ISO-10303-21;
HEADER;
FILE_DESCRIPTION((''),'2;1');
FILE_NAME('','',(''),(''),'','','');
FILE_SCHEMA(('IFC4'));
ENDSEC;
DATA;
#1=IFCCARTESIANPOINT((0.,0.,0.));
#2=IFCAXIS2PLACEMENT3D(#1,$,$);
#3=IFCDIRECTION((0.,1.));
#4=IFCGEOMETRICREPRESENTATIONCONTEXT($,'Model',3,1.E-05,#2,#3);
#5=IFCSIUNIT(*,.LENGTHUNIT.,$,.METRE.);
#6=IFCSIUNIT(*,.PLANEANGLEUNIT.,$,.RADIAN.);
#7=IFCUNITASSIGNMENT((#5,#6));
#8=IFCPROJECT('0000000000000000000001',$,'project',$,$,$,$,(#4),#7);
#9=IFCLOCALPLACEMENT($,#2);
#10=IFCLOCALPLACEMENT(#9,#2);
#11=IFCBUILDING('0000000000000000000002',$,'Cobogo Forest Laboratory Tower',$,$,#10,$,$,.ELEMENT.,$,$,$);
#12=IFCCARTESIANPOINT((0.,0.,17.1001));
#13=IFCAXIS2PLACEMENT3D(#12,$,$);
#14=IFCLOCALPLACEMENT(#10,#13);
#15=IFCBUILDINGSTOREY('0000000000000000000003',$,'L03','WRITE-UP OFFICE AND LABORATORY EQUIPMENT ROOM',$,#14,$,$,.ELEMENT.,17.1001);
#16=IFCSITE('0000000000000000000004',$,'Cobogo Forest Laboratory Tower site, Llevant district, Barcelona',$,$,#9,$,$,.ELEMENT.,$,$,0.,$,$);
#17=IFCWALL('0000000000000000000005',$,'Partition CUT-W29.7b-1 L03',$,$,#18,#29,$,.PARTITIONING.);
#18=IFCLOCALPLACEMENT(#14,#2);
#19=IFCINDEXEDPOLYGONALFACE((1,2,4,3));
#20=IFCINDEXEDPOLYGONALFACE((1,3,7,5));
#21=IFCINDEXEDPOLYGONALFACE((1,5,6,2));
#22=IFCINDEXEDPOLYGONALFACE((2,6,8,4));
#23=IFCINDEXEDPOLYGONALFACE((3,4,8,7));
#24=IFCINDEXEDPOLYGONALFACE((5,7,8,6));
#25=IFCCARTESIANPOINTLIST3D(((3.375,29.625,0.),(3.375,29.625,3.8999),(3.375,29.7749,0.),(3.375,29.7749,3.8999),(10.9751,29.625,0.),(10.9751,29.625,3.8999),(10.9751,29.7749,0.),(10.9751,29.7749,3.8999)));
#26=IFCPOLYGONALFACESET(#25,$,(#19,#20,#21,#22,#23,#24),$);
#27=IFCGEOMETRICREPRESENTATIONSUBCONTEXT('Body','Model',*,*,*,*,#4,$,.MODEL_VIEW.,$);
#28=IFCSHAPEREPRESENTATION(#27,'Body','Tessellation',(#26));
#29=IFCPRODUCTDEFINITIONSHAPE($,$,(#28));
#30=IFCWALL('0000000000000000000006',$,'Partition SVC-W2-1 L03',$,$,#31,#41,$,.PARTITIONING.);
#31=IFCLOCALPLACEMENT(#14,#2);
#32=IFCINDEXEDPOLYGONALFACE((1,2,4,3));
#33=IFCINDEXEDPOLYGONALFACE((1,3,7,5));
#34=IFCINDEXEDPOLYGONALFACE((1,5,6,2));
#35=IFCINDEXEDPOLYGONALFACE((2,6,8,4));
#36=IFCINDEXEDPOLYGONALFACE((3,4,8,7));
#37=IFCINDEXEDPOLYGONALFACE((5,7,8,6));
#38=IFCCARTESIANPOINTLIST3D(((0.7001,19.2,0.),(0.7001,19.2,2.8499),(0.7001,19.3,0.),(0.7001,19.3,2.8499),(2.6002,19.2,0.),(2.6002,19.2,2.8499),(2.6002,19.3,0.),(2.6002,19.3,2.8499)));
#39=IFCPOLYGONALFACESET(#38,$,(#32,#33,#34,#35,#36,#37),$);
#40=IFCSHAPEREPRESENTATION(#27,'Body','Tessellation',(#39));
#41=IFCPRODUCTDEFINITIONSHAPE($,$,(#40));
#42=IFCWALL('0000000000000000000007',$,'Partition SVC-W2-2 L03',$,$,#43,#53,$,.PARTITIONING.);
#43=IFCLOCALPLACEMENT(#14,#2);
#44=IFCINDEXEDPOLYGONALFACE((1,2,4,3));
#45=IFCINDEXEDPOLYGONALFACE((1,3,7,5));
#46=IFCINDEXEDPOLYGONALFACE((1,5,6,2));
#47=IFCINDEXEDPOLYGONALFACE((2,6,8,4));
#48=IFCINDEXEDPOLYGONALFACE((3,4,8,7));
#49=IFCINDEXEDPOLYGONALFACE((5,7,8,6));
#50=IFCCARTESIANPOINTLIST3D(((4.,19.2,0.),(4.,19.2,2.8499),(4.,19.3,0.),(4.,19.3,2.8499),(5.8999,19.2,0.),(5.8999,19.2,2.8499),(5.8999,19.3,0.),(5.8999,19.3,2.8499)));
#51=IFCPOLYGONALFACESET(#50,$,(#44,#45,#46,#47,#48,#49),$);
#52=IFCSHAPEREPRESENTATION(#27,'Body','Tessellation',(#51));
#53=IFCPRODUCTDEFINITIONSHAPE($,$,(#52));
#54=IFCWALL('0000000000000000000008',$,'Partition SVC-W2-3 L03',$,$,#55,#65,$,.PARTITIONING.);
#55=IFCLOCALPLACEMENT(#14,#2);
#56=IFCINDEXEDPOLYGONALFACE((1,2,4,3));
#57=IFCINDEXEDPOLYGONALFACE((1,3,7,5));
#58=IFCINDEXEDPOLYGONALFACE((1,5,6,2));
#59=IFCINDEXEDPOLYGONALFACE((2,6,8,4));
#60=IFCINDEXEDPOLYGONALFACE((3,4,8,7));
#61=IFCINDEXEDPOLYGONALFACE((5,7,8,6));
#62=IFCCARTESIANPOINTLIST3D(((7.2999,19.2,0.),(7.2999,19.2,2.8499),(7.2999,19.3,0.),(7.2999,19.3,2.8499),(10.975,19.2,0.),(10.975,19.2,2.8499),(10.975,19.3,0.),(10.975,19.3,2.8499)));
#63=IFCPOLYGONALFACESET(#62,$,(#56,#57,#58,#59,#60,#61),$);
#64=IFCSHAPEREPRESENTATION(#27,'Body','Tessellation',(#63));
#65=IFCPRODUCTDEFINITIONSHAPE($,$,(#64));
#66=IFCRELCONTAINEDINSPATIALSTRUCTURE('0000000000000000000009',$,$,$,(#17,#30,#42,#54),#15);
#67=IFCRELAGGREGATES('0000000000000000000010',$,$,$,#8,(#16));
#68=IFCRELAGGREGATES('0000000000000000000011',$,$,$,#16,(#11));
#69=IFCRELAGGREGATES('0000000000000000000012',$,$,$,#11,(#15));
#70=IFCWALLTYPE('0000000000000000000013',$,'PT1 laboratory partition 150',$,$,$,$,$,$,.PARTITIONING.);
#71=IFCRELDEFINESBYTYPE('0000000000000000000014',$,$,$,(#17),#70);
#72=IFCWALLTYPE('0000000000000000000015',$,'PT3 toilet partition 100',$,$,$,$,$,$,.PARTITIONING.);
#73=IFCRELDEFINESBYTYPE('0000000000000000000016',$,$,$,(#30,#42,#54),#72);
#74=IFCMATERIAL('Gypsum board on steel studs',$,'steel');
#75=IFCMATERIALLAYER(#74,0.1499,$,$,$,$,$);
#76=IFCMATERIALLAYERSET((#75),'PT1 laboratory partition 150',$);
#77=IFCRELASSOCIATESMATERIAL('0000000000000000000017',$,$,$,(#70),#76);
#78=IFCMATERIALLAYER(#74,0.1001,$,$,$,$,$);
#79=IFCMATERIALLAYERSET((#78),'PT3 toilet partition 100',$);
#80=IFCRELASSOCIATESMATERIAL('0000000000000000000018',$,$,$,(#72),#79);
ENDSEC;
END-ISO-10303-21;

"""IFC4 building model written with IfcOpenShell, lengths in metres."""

from ifc_helpers import new_model, si_unit, direction, frame, frame_2d, origin, place, context, subcontext, project, spatial, rectangle, extrude, material, layer, layer_set, type_object, element, save


model = new_model("IFC4")

# Units and contexts
model_context = context("Model", 3, precision=1e-05, world=origin(), true_north=direction((0.0, 1.0)))
body_context = subcontext(model_context, "Body", "Model", "MODEL_VIEW")
ifc_project = project(units=[si_unit("LENGTHUNIT", "METRE"), si_unit("PLANEANGLEUNIT", "RADIAN")], contexts=[model_context])

# Site, building, storey
site_placement = place(None, origin())
site = spatial("IfcSite", under=ifc_project, at=site_placement, Name="Cobogo Forest Laboratory Tower site, Llevant district, Barcelona", CompositionType="ELEMENT", RefElevation=0.0)
building_placement = place(site_placement, origin())
building = spatial("IfcBuilding", under=site, at=building_placement, Name="Cobogo Forest Laboratory Tower", CompositionType="ELEMENT")
storey_placement = place(building_placement, frame((0.0, 0.0, 17.1001)))
storey = spatial("IfcBuildingStorey", under=building, at=storey_placement, Name="L03", Description="WRITE-UP OFFICE AND LABORATORY EQUIPMENT ROOM", CompositionType="ELEMENT", Elevation=17.1001)

# Shared definitions
ifc_material_1 = material(Name="Gypsum board on steel studs", Category="steel")
ifc_layer_1 = layer(ifc_material_1, 0.1499)
ifc_layer_set_1 = layer_set([ifc_layer_1], Name="PT1 laboratory partition 150")
wall_type_1 = type_object("IfcWallType", Name="PT1 laboratory partition 150", PredefinedType="PARTITIONING", material=ifc_layer_set_1)

# Walls
wall_1_placement = place(storey_placement, frame((3.375, 29.7, 0.0), z_axis=(0.0, 0.0, 1.0), x_axis=(1.0, 0.0, 0.0)))
element("IfcWall", 1, at=wall_1_placement, inside=storey, type_object=wall_type_1, Name="Partition CUT-W29.7b-1 L03", PredefinedType="PARTITIONING", context=body_context, shape_type="SweptSolid", body=[
    extrude(rectangle(XDim=7.6001, YDim=0.1499, at=frame_2d((3.8, 0.0))), origin(), (0.0, 0.0, 1.0), 3.8999),
])
ifc_layer_2 = layer(ifc_material_1, 0.1001)
ifc_layer_set_2 = layer_set([ifc_layer_2], Name="PT3 toilet partition 100")
wall_type_2 = type_object("IfcWallType", Name="PT3 toilet partition 100", PredefinedType="PARTITIONING", material=ifc_layer_set_2)
wall_2_placement = place(storey_placement, frame((0.7, 19.25, 0.0), z_axis=(0.0, 0.0, 1.0), x_axis=(1.0, 0.0, 0.0)))
element("IfcWall", 2, at=wall_2_placement, inside=storey, type_object=wall_type_2, Name="Partition SVC-W2-1 L03", PredefinedType="PARTITIONING", context=body_context, shape_type="SweptSolid", body=[
    extrude(rectangle(XDim=1.9001, YDim=0.1001, at=frame_2d((0.9502, 0.0))), origin(), (0.0, 0.0, 1.0), 2.8499),
])
wall_3_placement = place(storey_placement, frame((4.0, 19.25, 0.0), z_axis=(0.0, 0.0, 1.0), x_axis=(1.0, 0.0, 0.0)))
element("IfcWall", 3, at=wall_3_placement, inside=storey, type_object=wall_type_2, Name="Partition SVC-W2-2 L03", PredefinedType="PARTITIONING", context=body_context, shape_type="SweptSolid", body=[
    extrude(rectangle(XDim=1.8999, YDim=0.1001, at=frame_2d((0.95, 0.0))), origin(), (0.0, 0.0, 1.0), 2.8499),
])
wall_4_placement = place(storey_placement, frame((7.3, 19.25, 0.0), z_axis=(0.0, 0.0, 1.0), x_axis=(1.0, 0.0, 0.0)))
element("IfcWall", 4, at=wall_4_placement, inside=storey, type_object=wall_type_2, Name="Partition SVC-W2-3 L03", PredefinedType="PARTITIONING", context=body_context, shape_type="SweptSolid", body=[
    extrude(rectangle(XDim=3.675, YDim=0.1001, at=frame_2d((1.8374, 0.0))), origin(), (0.0, 0.0, 1.0), 2.8499),
])

save(model, "model.ifc")
